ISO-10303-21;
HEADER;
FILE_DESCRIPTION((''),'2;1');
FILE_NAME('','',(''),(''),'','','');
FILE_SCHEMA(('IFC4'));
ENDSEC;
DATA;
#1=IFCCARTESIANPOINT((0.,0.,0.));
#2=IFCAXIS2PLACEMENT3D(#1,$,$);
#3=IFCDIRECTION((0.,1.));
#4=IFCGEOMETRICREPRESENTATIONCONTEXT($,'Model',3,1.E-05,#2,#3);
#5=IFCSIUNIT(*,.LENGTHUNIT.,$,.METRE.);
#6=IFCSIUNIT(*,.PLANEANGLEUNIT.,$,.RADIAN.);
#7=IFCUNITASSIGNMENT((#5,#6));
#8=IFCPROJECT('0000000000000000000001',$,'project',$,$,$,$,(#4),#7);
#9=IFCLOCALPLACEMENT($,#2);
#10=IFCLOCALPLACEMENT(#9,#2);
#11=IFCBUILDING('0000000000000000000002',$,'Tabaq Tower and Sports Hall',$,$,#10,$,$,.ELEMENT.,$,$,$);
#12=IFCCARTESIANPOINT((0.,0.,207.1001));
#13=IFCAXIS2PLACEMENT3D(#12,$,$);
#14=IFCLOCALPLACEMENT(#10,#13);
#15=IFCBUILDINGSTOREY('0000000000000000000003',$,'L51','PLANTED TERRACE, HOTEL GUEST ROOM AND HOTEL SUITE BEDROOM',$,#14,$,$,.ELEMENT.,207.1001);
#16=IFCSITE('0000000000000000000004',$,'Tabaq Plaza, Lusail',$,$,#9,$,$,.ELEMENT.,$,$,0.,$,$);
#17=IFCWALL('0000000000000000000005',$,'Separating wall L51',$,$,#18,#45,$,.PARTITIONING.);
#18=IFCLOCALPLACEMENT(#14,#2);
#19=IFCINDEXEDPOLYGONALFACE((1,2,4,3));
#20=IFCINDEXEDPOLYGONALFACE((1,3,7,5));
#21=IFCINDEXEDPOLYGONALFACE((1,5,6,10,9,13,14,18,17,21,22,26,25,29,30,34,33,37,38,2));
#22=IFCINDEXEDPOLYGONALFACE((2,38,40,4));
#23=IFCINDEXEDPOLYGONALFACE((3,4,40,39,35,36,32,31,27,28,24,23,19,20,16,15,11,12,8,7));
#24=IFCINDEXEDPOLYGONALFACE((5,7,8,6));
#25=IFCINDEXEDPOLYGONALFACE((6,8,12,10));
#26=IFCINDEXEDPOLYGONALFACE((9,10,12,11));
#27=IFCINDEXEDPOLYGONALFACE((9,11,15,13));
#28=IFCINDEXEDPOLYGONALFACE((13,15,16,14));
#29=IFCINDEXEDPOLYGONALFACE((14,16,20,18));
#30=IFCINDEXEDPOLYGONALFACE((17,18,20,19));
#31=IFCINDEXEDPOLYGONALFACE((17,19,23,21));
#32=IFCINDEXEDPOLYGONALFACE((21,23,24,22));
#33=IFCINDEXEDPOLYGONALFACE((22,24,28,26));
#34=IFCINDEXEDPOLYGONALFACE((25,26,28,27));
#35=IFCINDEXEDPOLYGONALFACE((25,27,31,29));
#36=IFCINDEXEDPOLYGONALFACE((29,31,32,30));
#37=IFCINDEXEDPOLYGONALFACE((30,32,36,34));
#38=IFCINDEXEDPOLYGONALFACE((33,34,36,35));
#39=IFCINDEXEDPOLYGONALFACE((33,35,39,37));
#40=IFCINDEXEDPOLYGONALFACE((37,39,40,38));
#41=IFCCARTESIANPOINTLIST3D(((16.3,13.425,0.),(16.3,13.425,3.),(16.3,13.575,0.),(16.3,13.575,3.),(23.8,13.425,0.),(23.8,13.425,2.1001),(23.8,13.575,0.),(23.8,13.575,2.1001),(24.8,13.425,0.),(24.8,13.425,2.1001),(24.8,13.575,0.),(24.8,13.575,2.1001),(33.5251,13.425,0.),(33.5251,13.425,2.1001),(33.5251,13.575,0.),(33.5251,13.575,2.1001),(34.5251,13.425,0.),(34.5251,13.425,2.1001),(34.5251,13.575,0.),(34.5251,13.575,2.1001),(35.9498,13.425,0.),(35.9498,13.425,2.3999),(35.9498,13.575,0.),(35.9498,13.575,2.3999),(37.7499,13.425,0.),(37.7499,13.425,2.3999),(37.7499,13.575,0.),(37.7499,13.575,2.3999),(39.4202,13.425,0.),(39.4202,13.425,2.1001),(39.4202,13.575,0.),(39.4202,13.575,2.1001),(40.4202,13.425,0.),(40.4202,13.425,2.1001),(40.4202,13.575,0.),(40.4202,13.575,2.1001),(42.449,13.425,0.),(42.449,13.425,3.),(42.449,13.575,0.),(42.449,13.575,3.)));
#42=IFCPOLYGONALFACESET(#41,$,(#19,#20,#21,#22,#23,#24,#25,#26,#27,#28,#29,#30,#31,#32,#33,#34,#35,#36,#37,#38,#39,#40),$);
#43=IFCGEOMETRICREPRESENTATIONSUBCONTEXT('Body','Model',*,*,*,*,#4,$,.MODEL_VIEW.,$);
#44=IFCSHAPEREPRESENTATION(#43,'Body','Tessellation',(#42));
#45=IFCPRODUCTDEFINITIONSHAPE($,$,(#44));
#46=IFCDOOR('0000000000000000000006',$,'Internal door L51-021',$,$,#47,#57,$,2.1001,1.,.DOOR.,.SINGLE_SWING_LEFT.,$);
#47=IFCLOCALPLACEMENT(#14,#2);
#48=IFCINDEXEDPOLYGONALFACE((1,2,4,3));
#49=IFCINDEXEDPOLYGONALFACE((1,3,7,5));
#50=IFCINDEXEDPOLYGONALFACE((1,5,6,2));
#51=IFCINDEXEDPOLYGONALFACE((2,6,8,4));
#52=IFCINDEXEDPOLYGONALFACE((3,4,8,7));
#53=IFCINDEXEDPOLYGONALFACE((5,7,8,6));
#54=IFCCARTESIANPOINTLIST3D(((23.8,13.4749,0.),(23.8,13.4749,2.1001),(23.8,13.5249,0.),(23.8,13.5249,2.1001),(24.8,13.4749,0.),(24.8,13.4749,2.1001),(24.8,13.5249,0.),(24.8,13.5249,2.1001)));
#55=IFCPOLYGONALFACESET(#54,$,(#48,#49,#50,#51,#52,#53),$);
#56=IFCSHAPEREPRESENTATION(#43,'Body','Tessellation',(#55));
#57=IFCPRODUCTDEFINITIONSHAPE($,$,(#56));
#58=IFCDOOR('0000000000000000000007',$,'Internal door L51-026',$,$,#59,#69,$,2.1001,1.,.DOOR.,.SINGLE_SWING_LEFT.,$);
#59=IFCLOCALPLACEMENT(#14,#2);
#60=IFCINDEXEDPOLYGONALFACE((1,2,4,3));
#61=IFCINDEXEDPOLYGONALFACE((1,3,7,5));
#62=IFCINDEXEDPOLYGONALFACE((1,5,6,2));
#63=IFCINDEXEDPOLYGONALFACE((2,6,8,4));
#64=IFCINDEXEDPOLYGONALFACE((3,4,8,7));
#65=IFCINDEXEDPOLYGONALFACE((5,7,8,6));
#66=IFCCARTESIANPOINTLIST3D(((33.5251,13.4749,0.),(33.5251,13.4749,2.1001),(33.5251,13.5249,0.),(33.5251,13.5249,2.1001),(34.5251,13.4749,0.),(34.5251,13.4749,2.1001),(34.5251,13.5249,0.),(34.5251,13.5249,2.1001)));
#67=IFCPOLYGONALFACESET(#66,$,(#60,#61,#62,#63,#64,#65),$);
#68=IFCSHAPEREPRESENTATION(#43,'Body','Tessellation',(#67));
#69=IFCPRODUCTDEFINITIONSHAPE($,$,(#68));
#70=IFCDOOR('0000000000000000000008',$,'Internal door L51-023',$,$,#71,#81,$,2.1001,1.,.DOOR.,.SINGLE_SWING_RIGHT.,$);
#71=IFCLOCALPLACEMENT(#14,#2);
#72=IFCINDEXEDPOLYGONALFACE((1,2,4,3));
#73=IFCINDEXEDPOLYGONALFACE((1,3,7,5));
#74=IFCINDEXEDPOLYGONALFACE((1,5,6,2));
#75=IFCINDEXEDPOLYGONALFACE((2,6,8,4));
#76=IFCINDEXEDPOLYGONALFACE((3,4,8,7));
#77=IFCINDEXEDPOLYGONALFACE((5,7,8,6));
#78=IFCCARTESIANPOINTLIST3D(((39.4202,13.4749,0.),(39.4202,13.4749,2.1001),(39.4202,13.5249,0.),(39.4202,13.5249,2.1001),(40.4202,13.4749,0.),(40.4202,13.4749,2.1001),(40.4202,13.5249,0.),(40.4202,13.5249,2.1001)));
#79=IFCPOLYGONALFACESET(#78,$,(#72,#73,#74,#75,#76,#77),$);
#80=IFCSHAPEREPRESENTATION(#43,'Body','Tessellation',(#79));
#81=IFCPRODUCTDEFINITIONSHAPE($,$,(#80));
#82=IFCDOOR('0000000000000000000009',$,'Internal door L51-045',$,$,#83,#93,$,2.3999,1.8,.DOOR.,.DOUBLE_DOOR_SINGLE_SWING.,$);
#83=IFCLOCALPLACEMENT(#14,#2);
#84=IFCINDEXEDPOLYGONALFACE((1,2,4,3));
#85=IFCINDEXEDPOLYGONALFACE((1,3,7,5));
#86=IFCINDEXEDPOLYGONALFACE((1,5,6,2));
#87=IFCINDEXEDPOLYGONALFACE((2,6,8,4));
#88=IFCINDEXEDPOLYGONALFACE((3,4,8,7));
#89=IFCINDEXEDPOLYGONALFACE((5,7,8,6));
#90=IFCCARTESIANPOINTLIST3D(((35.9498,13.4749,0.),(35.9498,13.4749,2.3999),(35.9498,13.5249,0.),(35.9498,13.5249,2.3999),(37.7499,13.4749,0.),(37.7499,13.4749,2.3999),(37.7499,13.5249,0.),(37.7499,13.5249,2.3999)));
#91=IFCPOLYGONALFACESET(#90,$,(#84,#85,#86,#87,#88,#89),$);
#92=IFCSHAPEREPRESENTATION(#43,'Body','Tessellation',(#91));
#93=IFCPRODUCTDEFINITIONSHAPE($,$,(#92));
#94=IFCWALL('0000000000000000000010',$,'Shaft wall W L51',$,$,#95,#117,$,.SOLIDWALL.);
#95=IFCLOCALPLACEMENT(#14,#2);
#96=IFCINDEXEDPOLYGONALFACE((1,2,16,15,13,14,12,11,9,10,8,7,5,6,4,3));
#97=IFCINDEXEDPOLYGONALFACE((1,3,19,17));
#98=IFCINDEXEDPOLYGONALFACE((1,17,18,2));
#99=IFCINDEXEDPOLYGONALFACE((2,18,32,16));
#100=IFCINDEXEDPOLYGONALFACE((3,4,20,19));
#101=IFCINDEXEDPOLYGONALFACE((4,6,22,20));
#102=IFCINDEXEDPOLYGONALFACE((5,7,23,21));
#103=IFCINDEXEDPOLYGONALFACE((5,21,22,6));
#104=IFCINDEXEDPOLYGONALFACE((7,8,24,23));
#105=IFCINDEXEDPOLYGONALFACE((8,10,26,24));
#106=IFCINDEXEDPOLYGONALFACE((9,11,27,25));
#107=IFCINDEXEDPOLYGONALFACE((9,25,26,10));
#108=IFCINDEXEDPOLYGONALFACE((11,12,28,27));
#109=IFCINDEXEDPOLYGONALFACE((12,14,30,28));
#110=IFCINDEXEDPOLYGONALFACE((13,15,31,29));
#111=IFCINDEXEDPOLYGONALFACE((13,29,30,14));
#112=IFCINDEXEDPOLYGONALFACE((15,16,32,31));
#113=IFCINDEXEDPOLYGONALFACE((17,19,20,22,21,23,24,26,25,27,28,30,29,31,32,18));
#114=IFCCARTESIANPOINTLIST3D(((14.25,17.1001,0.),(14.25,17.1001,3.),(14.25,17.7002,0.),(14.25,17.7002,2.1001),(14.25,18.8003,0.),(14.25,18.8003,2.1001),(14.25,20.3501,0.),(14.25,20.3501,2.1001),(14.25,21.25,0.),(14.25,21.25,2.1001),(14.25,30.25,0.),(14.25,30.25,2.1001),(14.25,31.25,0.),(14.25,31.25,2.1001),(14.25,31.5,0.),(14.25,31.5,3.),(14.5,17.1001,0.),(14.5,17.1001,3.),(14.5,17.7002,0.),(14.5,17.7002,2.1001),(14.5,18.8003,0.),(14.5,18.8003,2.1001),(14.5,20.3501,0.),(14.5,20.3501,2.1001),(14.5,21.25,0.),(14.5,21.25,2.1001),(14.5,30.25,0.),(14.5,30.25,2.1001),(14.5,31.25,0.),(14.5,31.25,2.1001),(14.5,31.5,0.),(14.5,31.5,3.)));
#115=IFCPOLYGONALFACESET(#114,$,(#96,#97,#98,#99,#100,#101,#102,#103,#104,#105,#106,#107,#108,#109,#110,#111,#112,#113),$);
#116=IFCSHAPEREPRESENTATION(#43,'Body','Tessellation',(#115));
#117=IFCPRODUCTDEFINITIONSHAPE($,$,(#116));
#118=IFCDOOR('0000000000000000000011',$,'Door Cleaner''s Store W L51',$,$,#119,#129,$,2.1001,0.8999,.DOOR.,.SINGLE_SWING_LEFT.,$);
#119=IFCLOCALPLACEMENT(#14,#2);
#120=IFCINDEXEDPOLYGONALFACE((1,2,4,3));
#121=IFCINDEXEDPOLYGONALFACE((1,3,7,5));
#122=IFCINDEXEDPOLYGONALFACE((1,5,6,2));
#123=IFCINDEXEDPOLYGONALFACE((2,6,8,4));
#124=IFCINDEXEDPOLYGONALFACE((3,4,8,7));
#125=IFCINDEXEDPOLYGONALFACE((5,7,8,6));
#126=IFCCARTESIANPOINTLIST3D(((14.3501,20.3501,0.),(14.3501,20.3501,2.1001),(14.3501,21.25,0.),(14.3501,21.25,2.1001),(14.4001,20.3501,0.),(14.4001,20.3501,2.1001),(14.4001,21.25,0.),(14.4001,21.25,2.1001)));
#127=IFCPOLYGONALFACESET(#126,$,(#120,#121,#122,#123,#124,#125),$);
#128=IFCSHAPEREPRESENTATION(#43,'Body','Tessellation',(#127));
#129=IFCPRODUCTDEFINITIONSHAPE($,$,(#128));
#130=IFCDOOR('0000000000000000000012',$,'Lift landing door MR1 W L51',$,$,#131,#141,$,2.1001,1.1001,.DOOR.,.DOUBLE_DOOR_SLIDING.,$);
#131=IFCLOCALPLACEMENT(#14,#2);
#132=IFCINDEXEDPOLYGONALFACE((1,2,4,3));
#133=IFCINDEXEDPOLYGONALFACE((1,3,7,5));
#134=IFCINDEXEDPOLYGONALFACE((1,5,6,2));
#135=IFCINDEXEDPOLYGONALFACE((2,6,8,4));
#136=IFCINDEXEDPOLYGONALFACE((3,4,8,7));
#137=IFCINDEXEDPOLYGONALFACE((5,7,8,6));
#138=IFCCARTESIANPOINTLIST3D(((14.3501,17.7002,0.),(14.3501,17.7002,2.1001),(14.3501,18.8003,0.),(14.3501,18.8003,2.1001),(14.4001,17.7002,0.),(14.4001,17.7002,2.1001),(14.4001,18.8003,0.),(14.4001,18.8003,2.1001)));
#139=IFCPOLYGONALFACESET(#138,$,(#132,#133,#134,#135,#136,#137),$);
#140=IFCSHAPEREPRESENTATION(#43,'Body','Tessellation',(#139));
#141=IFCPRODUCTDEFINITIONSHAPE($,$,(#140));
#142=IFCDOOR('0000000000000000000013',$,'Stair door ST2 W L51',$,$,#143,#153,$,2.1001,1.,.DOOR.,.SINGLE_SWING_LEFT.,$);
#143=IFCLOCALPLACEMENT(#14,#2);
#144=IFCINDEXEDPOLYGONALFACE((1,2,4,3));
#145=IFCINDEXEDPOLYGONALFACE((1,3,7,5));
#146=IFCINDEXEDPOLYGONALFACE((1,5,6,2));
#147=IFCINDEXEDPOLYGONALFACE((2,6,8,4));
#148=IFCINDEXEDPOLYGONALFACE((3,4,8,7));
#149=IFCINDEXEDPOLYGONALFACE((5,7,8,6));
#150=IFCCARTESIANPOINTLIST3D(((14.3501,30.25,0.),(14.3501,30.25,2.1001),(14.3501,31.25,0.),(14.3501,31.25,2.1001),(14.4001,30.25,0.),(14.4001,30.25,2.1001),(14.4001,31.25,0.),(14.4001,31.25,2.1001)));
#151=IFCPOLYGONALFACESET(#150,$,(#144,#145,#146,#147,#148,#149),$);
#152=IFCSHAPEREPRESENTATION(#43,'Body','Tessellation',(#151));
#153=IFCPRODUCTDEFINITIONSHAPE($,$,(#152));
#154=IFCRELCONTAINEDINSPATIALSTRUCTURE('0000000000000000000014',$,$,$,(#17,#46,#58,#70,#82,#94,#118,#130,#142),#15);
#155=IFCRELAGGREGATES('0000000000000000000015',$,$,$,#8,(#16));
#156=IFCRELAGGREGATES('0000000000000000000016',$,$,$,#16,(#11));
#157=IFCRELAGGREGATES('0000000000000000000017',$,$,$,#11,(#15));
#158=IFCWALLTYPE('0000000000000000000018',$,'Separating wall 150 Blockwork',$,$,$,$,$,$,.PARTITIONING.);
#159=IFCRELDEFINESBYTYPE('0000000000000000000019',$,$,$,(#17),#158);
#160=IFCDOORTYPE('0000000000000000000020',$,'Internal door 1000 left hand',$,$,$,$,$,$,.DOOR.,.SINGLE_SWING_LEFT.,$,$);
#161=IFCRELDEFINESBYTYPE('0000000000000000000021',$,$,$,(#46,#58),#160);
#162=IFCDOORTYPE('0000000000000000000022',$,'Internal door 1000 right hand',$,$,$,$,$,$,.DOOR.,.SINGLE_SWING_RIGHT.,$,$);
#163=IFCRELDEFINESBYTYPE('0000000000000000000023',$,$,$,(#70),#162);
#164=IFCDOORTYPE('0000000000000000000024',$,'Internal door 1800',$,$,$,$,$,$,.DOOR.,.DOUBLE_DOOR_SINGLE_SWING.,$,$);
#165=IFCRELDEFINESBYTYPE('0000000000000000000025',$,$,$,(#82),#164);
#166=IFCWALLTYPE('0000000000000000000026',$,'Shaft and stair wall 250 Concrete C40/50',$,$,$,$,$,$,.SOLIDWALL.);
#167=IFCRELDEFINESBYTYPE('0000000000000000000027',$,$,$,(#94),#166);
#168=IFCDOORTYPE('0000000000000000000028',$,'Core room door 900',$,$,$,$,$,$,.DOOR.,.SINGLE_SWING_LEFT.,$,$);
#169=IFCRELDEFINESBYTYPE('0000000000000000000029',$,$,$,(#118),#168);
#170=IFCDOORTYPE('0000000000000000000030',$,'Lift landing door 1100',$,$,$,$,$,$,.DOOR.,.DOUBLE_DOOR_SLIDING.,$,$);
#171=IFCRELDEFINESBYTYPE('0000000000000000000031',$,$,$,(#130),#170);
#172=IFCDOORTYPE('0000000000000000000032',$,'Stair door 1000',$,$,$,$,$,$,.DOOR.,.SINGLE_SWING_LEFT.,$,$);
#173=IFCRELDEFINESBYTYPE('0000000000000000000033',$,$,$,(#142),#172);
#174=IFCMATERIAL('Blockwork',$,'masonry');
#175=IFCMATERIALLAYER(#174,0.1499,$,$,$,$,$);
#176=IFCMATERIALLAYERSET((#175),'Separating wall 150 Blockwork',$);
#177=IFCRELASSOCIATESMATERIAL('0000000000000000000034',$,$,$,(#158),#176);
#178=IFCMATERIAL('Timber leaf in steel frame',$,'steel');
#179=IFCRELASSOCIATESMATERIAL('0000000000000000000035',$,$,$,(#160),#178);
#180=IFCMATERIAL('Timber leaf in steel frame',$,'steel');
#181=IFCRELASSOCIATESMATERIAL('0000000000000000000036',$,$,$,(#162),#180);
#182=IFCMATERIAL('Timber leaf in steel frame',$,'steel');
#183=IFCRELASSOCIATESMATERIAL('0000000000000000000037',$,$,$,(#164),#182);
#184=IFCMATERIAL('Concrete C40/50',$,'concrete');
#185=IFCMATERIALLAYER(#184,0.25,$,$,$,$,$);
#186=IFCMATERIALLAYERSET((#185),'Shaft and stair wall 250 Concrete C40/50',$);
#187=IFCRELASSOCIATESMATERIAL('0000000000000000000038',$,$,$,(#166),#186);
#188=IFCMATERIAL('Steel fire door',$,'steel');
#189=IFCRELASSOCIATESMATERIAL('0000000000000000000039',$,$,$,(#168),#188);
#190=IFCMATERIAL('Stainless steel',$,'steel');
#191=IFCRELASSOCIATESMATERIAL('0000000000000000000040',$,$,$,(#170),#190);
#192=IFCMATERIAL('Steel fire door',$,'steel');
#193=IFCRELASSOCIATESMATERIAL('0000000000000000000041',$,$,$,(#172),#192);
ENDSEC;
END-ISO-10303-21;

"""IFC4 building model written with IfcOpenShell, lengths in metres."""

from ifc_helpers import new_model, si_unit, direction, frame, frame_2d, origin, place, context, subcontext, project, spatial, rectangle, extrude, material, layer, layer_set, type_object, element, fill, save


model = new_model("IFC4")

# Units and contexts
model_context = context("Model", 3, precision=1e-05, world=origin(), true_north=direction((0.0, 1.0)))
body_context = subcontext(model_context, "Body", "Model", "MODEL_VIEW")
ifc_project = project(units=[si_unit("LENGTHUNIT", "METRE"), si_unit("PLANEANGLEUNIT", "RADIAN")], contexts=[model_context])

# Site, building, storey
site_placement = place(None, origin())
site = spatial("IfcSite", under=ifc_project, at=site_placement, Name="Tabaq Plaza, Lusail", CompositionType="ELEMENT", RefElevation=0.0)
building_placement = place(site_placement, origin())
building = spatial("IfcBuilding", under=site, at=building_placement, Name="Tabaq Tower and Sports Hall", CompositionType="ELEMENT")
storey_placement = place(building_placement, frame((0.0, 0.0, 207.1001)))
storey = spatial("IfcBuildingStorey", under=building, at=storey_placement, Name="L51", Description="PLANTED TERRACE, HOTEL GUEST ROOM AND HOTEL SUITE BEDROOM", CompositionType="ELEMENT", Elevation=207.1001)

# Shared definitions
ifc_material_1 = material(Name="Blockwork", Category="masonry")
ifc_layer_1 = layer(ifc_material_1, 0.1499)
ifc_layer_set_1 = layer_set([ifc_layer_1], Name="Separating wall 150 Blockwork")
wall_type_1 = type_object("IfcWallType", Name="Separating wall 150 Blockwork", PredefinedType="PARTITIONING", material=ifc_layer_set_1)

# Walls, openings, doors
wall_1_placement = place(storey_placement, frame((16.3, 13.5, 0.0), z_axis=(0.0, 0.0, 1.0), x_axis=(1.0, 0.0, 0.0)))
wall_1 = element("IfcWall", 1, at=wall_1_placement, inside=storey, type_object=wall_type_1, Name="Separating wall L51", PredefinedType="PARTITIONING", context=body_context, shape_type="SweptSolid", body=[
    extrude(rectangle(XDim=26.1489, YDim=0.1499, at=frame_2d((13.0745, 0.0))), origin(), (0.0, 0.0, 1.0), 3.0),
])
opening_1_placement = place(wall_1_placement, frame((7.5, 0.0, 0.0)))
opening_1 = element("IfcOpeningElement", 2, at=opening_1_placement, cuts=wall_1, PredefinedType="OPENING", context=body_context, shape_type="SweptSolid", body=[
    extrude(rectangle(XDim=1.0, YDim=2.1001, at=frame_2d((0.5, 1.05))), frame((0.0, 0.075, 0.0), z_axis=(0.0, -1.0, 0.0), x_axis=(1.0, 0.0, 0.0)), (0.0, 0.0, 1.0), 0.1499),
])
opening_2_placement = place(wall_1_placement, frame((23.1201, 0.0, 0.0)))
opening_2 = element("IfcOpeningElement", 3, at=opening_2_placement, cuts=wall_1, PredefinedType="OPENING", context=body_context, shape_type="SweptSolid", body=[
    extrude(rectangle(XDim=1.0, YDim=2.1001, at=frame_2d((0.5, 1.05))), frame((0.0, 0.075, 0.0), z_axis=(0.0, -1.0, 0.0), x_axis=(1.0, 0.0, 0.0)), (0.0, 0.0, 1.0), 0.1499),
])
opening_3_placement = place(wall_1_placement, frame((17.2251, 0.0, 0.0)))
opening_3 = element("IfcOpeningElement", 4, at=opening_3_placement, cuts=wall_1, PredefinedType="OPENING", context=body_context, shape_type="SweptSolid", body=[
    extrude(rectangle(XDim=1.0, YDim=2.1001, at=frame_2d((0.5, 1.05))), frame((0.0, 0.075, 0.0), z_axis=(0.0, -1.0, 0.0), x_axis=(1.0, 0.0, 0.0)), (0.0, 0.0, 1.0), 0.1499),
])
opening_4_placement = place(wall_1_placement, frame((19.6499, 0.0, 0.0)))
opening_4 = element("IfcOpeningElement", 5, at=opening_4_placement, cuts=wall_1, PredefinedType="OPENING", context=body_context, shape_type="SweptSolid", body=[
    extrude(rectangle(XDim=1.8, YDim=2.3999, at=frame_2d((0.8999, 1.2))), frame((0.0, 0.075, 0.0), z_axis=(0.0, -1.0, 0.0), x_axis=(1.0, 0.0, 0.0)), (0.0, 0.0, 1.0), 0.1499),
])
ifc_material_2 = material(Name="Timber leaf in steel frame", Category="steel")
door_type_1 = type_object("IfcDoorType", Name="Internal door 1000 left hand", OperationType="SINGLE_SWING_LEFT", PredefinedType="DOOR", material=ifc_material_2)
door_1_placement = place(opening_1_placement, origin())
door_1 = element("IfcDoor", 6, at=door_1_placement, inside=storey, type_object=door_type_1, Name="Internal door L51-021", OperationType="SINGLE_SWING_LEFT", OverallHeight=2.1001, OverallWidth=1.0, PredefinedType="DOOR", context=body_context, shape_type="SweptSolid", body=[
    extrude(rectangle(XDim=1.0, YDim=2.1001, at=frame_2d((0.5, 1.05))), frame((0.0, 0.0249, 0.0), z_axis=(0.0, -1.0, 0.0), x_axis=(1.0, 0.0, 0.0)), (0.0, 0.0, 1.0), 0.05),
])
fill(opening_1, door_1)
door_2_placement = place(opening_3_placement, origin())
door_2 = element("IfcDoor", 7, at=door_2_placement, inside=storey, type_object=door_type_1, Name="Internal door L51-026", OperationType="SINGLE_SWING_LEFT", OverallHeight=2.1001, OverallWidth=1.0, PredefinedType="DOOR", context=body_context, shape_type="SweptSolid", body=[
    extrude(rectangle(XDim=1.0, YDim=2.1001, at=frame_2d((0.5, 1.05))), frame((0.0, 0.0249, 0.0), z_axis=(0.0, -1.0, 0.0), x_axis=(1.0, 0.0, 0.0)), (0.0, 0.0, 1.0), 0.05),
])
fill(opening_3, door_2)
ifc_material_3 = material(Name="Timber leaf in steel frame", Category="steel")
door_type_2 = type_object("IfcDoorType", Name="Internal door 1000 right hand", OperationType="SINGLE_SWING_RIGHT", PredefinedType="DOOR", material=ifc_material_3)
door_3_placement = place(opening_2_placement, origin())
door_3 = element("IfcDoor", 8, at=door_3_placement, inside=storey, type_object=door_type_2, Name="Internal door L51-023", OperationType="SINGLE_SWING_RIGHT", OverallHeight=2.1001, OverallWidth=1.0, PredefinedType="DOOR", context=body_context, shape_type="SweptSolid", body=[
    extrude(rectangle(XDim=1.0, YDim=2.1001, at=frame_2d((0.5, 1.05))), frame((0.0, 0.0249, 0.0), z_axis=(0.0, -1.0, 0.0), x_axis=(1.0, 0.0, 0.0)), (0.0, 0.0, 1.0), 0.05),
])
fill(opening_2, door_3)
ifc_material_4 = material(Name="Timber leaf in steel frame", Category="steel")
door_type_3 = type_object("IfcDoorType", Name="Internal door 1800", OperationType="DOUBLE_DOOR_SINGLE_SWING", PredefinedType="DOOR", material=ifc_material_4)
door_4_placement = place(opening_4_placement, origin())
door_4 = element("IfcDoor", 9, at=door_4_placement, inside=storey, type_object=door_type_3, Name="Internal door L51-045", OperationType="DOUBLE_DOOR_SINGLE_SWING", OverallHeight=2.3999, OverallWidth=1.8, PredefinedType="DOOR", context=body_context, shape_type="SweptSolid", body=[
    extrude(rectangle(XDim=1.8, YDim=2.3999, at=frame_2d((0.8999, 1.2))), frame((0.0, 0.0249, 0.0), z_axis=(0.0, -1.0, 0.0), x_axis=(1.0, 0.0, 0.0)), (0.0, 0.0, 1.0), 0.05),
])
fill(opening_4, door_4)
ifc_material_5 = material(Name="Concrete C40/50", Category="concrete")
ifc_layer_2 = layer(ifc_material_5, 0.25)
ifc_layer_set_2 = layer_set([ifc_layer_2], Name="Shaft and stair wall 250 Concrete C40/50")
wall_type_2 = type_object("IfcWallType", Name="Shaft and stair wall 250 Concrete C40/50", PredefinedType="SOLIDWALL", material=ifc_layer_set_2)
wall_2_placement = place(storey_placement, frame((14.375, 17.1001, 0.0), z_axis=(0.0, 0.0, 1.0), x_axis=(0.0, 1.0, 0.0)))
wall_2 = element("IfcWall", 10, at=wall_2_placement, inside=storey, type_object=wall_type_2, Name="Shaft wall W L51", PredefinedType="SOLIDWALL", context=body_context, shape_type="SweptSolid", body=[
    extrude(rectangle(XDim=14.3999, YDim=0.25, at=frame_2d((7.2, 0.0))), origin(), (0.0, 0.0, 1.0), 3.0),
])
opening_5_placement = place(wall_2_placement, frame((13.1499, 0.0, 0.0)))
opening_5 = element("IfcOpeningElement", 11, at=opening_5_placement, cuts=wall_2, PredefinedType="OPENING", context=body_context, shape_type="SweptSolid", body=[
    extrude(rectangle(XDim=1.0, YDim=2.1001, at=frame_2d((0.5, 1.05))), frame((0.0, 0.125, 0.0), z_axis=(0.0, -1.0, 0.0), x_axis=(1.0, 0.0, 0.0)), (0.0, 0.0, 1.0), 0.25),
])
opening_6_placement = place(wall_2_placement, frame((0.6001, 0.0, 0.0)))
opening_6 = element("IfcOpeningElement", 12, at=opening_6_placement, cuts=wall_2, PredefinedType="OPENING", context=body_context, shape_type="SweptSolid", body=[
    extrude(rectangle(XDim=1.1001, YDim=2.1001, at=frame_2d((0.55, 1.05))), frame((0.0, 0.125, 0.0), z_axis=(0.0, -1.0, 0.0), x_axis=(1.0, 0.0, 0.0)), (0.0, 0.0, 1.0), 0.25),
])
opening_7_placement = place(wall_2_placement, frame((3.25, 0.0, 0.0)))
opening_7 = element("IfcOpeningElement", 13, at=opening_7_placement, cuts=wall_2, PredefinedType="OPENING", context=body_context, shape_type="SweptSolid", body=[
    extrude(rectangle(XDim=0.8999, YDim=2.1001, at=frame_2d((0.45, 1.05))), frame((0.0, 0.125, 0.0), z_axis=(0.0, -1.0, 0.0), x_axis=(1.0, 0.0, 0.0)), (0.0, 0.0, 1.0), 0.25),
])
ifc_material_6 = material(Name="Steel fire door", Category="steel")
door_type_4 = type_object("IfcDoorType", Name="Core room door 900", OperationType="SINGLE_SWING_LEFT", PredefinedType="DOOR", material=ifc_material_6)
door_5_placement = place(opening_7_placement, origin())
door_5 = element("IfcDoor", 14, at=door_5_placement, inside=storey, type_object=door_type_4, Name="Door Cleaner's Store W L51", OperationType="SINGLE_SWING_LEFT", OverallHeight=2.1001, OverallWidth=0.8999, PredefinedType="DOOR", context=body_context, shape_type="SweptSolid", body=[
    extrude(rectangle(XDim=0.8999, YDim=2.1001, at=frame_2d((0.45, 1.05))), frame((0.0, 0.0249, 0.0), z_axis=(0.0, -1.0, 0.0), x_axis=(1.0, 0.0, 0.0)), (0.0, 0.0, 1.0), 0.05),
])
fill(opening_7, door_5)
ifc_material_7 = material(Name="Stainless steel", Category="steel")
door_type_5 = type_object("IfcDoorType", Name="Lift landing door 1100", OperationType="DOUBLE_DOOR_SLIDING", PredefinedType="DOOR", material=ifc_material_7)
door_6_placement = place(opening_6_placement, origin())
door_6 = element("IfcDoor", 15, at=door_6_placement, inside=storey, type_object=door_type_5, Name="Lift landing door MR1 W L51", OperationType="DOUBLE_DOOR_SLIDING", OverallHeight=2.1001, OverallWidth=1.1001, PredefinedType="DOOR", context=body_context, shape_type="SweptSolid", body=[
    extrude(rectangle(XDim=1.1001, YDim=2.1001, at=frame_2d((0.55, 1.05))), frame((0.0, 0.0249, 0.0), z_axis=(0.0, -1.0, 0.0), x_axis=(1.0, 0.0, 0.0)), (0.0, 0.0, 1.0), 0.05),
])
fill(opening_6, door_6)
ifc_material_8 = material(Name="Steel fire door", Category="steel")
door_type_6 = type_object("IfcDoorType", Name="Stair door 1000", OperationType="SINGLE_SWING_LEFT", PredefinedType="DOOR", material=ifc_material_8)
door_7_placement = place(opening_5_placement, origin())
door_7 = element("IfcDoor", 16, at=door_7_placement, inside=storey, type_object=door_type_6, Name="Stair door ST2 W L51", OperationType="SINGLE_SWING_LEFT", OverallHeight=2.1001, OverallWidth=1.0, PredefinedType="DOOR", context=body_context, shape_type="SweptSolid", body=[
    extrude(rectangle(XDim=1.0, YDim=2.1001, at=frame_2d((0.5, 1.05))), frame((0.0, 0.0249, 0.0), z_axis=(0.0, -1.0, 0.0), x_axis=(1.0, 0.0, 0.0)), (0.0, 0.0, 1.0), 0.05),
])
fill(opening_5, door_7)

save(model, "model.ifc")
